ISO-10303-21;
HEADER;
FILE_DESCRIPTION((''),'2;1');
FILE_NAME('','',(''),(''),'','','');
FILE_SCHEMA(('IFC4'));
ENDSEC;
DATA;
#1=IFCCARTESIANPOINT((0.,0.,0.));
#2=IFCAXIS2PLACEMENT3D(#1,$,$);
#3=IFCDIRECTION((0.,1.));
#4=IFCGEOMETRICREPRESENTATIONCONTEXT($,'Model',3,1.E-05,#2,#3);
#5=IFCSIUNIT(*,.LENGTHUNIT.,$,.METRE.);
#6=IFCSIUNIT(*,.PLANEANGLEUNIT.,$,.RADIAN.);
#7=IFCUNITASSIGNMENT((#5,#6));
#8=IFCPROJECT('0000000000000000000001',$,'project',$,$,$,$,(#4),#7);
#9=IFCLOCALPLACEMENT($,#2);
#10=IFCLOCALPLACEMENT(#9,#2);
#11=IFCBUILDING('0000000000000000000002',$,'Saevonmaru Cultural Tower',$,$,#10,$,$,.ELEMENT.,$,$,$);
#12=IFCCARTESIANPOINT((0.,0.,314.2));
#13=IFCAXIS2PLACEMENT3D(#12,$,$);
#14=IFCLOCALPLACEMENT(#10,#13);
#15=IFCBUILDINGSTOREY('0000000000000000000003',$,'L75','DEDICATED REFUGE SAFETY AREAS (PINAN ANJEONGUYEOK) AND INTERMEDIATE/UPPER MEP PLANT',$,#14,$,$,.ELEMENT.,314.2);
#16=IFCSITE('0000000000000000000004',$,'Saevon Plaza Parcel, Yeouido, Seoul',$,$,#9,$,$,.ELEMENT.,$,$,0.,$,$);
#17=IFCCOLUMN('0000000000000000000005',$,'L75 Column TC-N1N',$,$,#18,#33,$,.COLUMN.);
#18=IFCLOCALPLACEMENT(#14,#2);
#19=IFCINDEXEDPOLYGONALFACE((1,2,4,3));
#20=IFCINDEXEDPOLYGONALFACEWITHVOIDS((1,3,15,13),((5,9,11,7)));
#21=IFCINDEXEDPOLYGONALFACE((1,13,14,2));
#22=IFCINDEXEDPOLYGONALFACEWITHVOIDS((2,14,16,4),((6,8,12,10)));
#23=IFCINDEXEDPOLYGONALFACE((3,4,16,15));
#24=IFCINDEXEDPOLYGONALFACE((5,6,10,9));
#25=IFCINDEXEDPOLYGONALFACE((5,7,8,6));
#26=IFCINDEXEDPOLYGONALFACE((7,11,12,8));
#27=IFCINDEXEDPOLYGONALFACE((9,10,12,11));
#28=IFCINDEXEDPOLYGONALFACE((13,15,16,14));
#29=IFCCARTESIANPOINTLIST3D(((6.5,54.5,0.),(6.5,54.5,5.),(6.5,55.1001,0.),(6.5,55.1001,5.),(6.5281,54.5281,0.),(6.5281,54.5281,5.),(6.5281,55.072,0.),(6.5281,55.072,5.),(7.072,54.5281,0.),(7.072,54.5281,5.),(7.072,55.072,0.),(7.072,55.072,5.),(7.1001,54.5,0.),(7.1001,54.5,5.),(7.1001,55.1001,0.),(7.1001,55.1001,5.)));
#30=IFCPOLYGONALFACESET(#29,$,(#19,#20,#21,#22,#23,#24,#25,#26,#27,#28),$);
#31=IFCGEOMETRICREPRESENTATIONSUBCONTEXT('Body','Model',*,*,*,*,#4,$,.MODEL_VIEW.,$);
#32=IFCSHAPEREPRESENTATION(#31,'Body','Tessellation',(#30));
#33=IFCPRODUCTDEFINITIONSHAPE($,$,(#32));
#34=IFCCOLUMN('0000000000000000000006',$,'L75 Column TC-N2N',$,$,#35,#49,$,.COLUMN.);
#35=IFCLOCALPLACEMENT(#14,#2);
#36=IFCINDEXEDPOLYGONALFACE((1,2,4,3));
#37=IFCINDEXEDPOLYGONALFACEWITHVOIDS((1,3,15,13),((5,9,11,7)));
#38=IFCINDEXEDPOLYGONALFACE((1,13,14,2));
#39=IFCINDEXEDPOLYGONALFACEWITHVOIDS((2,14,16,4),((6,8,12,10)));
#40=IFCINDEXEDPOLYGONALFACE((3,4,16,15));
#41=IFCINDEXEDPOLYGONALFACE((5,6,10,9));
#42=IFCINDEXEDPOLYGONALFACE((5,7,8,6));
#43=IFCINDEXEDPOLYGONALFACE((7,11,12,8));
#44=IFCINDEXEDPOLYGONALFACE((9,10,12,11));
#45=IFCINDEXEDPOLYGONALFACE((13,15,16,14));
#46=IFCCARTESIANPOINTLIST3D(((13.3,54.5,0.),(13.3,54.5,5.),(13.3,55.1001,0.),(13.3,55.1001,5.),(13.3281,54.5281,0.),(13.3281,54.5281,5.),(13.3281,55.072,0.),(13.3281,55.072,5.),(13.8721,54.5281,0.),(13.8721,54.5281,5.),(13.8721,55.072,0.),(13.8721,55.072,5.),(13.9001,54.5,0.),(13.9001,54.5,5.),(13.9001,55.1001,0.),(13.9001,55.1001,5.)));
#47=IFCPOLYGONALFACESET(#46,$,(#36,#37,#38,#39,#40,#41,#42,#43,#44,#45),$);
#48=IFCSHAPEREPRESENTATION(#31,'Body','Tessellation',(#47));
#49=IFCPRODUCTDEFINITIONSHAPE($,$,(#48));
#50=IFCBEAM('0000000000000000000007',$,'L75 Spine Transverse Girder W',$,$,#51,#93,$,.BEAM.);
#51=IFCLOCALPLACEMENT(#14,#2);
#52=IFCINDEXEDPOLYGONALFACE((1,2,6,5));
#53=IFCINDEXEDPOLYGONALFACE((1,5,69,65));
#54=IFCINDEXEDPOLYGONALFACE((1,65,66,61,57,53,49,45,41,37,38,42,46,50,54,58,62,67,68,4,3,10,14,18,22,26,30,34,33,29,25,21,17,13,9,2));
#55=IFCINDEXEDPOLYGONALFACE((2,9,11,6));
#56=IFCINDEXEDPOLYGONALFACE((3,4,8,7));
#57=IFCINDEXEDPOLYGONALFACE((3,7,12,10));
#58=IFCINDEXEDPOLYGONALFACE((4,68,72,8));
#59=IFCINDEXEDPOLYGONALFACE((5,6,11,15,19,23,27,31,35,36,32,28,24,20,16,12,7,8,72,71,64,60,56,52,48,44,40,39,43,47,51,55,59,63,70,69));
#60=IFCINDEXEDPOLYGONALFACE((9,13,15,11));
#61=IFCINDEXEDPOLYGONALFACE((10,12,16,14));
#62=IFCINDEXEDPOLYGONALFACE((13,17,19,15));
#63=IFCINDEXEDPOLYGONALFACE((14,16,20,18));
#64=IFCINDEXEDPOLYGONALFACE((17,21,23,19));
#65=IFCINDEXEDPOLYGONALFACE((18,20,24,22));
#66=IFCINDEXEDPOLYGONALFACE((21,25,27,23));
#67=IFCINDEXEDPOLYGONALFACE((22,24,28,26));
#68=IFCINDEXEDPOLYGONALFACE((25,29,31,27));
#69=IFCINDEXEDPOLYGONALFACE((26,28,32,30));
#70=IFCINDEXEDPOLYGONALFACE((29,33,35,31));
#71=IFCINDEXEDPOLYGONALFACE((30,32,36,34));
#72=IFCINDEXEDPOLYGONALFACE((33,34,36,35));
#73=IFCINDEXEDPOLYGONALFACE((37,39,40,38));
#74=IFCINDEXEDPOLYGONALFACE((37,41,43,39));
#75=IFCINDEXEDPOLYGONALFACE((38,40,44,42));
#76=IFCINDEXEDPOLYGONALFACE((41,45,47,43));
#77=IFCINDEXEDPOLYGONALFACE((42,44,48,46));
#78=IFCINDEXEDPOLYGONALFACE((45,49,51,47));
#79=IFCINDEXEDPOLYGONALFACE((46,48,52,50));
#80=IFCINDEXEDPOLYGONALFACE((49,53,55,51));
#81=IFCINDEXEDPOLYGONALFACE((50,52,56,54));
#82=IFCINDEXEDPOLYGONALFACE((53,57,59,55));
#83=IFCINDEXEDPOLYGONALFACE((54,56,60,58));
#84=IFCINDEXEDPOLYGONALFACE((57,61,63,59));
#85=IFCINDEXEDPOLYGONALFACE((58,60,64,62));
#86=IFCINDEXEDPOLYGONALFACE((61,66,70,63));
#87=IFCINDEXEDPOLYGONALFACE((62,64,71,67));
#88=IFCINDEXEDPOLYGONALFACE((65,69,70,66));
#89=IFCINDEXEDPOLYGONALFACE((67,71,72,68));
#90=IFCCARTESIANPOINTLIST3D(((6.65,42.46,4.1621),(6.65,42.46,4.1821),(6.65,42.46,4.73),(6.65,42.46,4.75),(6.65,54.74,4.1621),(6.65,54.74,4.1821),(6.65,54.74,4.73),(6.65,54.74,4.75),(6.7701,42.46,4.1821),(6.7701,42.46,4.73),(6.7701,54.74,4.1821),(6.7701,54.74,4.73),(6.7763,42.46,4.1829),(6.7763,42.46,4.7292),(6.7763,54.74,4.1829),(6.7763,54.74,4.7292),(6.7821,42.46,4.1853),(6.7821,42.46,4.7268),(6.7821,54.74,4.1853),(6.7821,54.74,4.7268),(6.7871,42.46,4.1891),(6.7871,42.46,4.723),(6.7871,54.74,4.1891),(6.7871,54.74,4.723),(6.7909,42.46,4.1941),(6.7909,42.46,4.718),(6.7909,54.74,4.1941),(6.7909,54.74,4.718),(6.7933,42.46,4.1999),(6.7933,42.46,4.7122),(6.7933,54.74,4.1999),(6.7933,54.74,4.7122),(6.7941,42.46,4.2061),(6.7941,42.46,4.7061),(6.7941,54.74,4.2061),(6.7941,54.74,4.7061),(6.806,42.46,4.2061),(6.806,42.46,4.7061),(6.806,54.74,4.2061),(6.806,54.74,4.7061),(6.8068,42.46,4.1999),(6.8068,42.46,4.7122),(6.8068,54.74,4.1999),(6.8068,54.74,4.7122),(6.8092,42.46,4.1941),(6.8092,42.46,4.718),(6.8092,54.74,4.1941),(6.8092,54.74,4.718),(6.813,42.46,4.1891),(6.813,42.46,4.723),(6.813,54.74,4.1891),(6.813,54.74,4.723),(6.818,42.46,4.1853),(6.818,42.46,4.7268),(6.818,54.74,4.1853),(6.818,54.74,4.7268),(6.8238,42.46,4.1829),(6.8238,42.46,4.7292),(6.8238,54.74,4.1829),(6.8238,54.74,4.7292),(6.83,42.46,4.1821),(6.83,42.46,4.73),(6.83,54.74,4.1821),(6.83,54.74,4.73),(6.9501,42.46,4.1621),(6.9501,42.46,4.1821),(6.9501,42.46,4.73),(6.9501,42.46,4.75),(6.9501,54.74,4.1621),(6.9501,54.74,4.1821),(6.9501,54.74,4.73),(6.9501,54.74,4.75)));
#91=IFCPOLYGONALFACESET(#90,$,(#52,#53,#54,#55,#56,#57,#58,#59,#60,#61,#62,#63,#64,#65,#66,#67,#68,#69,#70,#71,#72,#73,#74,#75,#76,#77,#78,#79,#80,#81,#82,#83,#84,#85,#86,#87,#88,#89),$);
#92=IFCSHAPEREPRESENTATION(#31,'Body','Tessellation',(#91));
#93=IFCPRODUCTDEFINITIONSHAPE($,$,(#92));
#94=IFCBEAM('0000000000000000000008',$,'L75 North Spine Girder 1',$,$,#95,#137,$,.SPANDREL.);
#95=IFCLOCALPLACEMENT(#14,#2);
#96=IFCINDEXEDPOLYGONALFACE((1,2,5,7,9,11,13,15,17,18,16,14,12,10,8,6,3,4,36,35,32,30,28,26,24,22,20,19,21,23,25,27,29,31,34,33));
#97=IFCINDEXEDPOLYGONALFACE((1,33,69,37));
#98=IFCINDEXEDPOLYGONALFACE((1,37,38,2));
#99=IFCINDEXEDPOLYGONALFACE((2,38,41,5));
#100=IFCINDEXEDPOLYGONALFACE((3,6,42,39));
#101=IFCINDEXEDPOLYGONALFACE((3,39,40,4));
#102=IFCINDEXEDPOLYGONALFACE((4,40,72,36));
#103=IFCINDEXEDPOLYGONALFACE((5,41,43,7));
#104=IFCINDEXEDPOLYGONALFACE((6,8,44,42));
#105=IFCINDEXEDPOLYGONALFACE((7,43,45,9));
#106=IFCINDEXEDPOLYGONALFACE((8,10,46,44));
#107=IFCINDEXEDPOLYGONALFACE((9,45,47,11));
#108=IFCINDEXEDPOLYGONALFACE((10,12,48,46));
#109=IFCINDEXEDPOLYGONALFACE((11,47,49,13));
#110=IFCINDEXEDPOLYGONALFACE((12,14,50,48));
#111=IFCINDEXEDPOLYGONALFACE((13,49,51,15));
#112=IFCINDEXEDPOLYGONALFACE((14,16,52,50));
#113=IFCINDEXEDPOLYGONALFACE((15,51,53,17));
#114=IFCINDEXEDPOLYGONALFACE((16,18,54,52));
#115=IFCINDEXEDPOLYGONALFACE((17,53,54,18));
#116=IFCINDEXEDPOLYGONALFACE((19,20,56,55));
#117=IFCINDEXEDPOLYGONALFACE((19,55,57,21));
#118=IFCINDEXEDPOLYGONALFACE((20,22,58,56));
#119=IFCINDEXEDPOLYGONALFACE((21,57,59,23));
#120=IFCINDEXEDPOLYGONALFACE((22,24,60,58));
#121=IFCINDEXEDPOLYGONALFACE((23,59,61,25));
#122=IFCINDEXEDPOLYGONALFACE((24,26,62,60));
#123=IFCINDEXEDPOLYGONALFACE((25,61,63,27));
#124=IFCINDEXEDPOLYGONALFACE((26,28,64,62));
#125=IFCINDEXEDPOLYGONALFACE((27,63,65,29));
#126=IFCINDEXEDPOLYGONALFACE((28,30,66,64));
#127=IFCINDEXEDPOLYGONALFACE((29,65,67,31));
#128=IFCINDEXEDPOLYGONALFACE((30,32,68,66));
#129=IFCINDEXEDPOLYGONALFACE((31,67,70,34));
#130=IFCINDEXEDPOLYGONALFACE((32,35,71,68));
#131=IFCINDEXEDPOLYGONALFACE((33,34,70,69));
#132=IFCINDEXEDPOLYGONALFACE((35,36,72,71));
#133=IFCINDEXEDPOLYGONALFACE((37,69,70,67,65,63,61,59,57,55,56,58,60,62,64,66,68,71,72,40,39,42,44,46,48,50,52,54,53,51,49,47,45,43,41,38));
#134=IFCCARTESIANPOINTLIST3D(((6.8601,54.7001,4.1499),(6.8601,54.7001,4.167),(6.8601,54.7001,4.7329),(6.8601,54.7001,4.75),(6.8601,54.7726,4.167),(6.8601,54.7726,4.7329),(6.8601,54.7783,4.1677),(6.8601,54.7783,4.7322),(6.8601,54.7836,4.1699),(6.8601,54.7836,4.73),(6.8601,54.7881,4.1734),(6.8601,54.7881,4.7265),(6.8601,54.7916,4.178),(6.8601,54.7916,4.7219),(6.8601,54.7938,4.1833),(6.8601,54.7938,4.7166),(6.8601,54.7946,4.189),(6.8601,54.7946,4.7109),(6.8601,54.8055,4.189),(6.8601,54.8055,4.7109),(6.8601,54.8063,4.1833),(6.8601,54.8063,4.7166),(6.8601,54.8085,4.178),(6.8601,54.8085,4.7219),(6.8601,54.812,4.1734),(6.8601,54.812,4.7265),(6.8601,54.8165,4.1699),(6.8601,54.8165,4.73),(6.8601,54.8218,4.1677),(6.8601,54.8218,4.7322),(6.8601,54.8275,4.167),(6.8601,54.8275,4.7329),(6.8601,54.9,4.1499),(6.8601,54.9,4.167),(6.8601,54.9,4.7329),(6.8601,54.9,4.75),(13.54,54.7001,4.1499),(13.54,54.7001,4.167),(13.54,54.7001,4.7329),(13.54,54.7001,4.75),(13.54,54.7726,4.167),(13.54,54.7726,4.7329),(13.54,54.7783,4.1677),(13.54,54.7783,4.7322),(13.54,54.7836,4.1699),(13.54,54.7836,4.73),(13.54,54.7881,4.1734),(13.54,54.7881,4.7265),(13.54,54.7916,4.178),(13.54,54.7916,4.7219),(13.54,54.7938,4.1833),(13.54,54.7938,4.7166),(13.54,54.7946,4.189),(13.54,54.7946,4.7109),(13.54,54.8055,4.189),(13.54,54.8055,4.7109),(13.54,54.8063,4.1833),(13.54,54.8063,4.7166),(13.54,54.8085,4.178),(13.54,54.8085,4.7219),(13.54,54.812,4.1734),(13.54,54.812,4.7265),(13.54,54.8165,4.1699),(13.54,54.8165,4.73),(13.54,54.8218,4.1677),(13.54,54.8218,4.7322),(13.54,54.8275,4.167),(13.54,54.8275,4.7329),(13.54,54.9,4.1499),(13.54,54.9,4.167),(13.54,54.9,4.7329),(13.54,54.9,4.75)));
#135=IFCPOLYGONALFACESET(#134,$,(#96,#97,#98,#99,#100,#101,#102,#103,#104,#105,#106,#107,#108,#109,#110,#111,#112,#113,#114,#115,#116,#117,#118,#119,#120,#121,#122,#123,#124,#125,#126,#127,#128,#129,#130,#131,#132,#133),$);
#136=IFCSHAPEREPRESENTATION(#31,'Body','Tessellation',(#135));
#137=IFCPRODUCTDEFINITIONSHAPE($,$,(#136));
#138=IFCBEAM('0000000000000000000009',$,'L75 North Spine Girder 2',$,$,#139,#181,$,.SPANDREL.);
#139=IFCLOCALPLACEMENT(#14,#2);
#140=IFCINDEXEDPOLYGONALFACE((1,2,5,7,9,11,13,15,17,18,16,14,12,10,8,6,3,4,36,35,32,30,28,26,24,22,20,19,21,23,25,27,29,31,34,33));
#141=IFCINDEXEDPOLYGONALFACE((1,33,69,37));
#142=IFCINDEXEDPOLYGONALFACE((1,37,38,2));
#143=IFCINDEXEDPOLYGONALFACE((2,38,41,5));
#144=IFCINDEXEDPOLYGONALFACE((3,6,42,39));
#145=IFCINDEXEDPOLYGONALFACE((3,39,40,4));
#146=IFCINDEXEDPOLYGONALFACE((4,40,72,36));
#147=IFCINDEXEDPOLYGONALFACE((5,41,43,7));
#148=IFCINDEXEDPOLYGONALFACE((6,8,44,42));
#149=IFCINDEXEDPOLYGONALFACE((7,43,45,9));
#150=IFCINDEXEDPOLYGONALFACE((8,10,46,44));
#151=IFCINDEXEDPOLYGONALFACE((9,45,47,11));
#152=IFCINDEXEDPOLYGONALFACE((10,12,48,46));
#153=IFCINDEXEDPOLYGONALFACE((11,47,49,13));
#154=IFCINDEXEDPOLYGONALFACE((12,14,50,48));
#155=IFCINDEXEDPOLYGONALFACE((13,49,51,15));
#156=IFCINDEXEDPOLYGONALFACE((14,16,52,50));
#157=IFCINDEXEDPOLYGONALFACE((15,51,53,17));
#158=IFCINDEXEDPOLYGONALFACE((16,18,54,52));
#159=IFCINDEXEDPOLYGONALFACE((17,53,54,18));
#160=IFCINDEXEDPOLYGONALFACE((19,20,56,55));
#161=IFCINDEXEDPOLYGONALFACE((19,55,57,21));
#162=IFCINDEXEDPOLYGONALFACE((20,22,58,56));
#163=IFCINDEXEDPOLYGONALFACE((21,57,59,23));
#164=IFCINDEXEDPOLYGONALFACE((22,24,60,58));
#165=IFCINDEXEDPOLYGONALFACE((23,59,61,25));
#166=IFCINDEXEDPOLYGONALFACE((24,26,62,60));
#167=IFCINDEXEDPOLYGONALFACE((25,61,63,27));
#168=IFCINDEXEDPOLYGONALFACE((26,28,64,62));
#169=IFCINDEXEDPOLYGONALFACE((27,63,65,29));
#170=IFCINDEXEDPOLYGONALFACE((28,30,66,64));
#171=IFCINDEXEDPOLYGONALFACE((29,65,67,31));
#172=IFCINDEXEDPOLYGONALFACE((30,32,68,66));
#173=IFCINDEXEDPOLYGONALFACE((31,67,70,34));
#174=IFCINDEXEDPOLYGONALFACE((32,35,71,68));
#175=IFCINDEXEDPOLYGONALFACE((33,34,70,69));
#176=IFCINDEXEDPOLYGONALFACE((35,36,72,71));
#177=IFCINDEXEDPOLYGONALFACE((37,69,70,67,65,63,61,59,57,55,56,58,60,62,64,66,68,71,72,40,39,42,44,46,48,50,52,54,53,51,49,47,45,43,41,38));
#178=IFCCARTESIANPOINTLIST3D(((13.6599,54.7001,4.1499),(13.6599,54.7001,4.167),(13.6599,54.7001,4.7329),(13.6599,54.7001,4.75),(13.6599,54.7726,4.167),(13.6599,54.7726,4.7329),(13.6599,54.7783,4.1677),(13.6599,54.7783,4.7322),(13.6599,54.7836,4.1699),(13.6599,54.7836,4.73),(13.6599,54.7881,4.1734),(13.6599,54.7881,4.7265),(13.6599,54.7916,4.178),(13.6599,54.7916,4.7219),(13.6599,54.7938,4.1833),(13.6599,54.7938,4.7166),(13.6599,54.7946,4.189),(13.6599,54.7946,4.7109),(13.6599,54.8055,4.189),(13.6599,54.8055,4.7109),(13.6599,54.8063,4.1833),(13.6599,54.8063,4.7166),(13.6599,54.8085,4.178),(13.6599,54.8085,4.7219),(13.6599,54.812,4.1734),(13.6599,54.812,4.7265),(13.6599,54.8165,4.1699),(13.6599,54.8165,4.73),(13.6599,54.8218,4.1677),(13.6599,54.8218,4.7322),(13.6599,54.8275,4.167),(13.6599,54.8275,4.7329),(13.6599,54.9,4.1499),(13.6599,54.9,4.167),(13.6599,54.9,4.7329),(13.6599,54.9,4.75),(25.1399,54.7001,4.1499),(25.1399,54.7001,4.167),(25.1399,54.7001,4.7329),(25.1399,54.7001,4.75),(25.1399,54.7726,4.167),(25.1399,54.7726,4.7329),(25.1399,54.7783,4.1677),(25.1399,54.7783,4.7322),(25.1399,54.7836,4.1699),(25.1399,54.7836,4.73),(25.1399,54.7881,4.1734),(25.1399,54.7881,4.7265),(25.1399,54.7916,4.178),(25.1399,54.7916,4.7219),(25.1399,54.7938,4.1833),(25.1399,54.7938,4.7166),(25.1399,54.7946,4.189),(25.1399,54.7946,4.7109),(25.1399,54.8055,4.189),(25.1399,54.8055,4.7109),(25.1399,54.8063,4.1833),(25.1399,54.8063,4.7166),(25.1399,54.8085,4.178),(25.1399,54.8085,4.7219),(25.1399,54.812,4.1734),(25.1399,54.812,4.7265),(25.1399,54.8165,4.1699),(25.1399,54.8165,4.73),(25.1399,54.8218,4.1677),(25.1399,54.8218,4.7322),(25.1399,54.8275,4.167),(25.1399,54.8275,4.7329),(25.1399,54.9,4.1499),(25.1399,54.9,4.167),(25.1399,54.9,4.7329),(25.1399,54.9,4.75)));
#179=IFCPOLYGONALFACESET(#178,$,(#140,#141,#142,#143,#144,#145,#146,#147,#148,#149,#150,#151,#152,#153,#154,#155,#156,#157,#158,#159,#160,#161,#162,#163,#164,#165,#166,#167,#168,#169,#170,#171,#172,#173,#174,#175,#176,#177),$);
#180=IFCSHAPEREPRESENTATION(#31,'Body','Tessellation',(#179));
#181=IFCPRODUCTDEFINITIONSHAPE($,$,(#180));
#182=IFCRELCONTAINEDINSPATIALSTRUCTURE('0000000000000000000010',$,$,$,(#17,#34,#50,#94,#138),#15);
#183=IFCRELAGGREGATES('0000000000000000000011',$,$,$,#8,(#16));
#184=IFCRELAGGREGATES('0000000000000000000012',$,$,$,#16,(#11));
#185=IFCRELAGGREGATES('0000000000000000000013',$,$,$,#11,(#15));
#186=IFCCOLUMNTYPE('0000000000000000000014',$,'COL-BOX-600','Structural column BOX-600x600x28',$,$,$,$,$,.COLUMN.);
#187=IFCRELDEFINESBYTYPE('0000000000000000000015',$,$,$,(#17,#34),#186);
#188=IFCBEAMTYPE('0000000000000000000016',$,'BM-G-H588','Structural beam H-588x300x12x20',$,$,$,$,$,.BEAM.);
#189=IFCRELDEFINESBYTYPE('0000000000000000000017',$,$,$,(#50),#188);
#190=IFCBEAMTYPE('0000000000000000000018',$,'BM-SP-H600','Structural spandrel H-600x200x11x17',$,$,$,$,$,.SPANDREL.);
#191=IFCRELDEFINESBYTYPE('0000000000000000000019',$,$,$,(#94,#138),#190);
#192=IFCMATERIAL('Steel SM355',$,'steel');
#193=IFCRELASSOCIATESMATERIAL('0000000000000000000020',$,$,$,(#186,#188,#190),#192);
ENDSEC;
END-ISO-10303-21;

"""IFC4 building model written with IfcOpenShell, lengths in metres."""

from ifc_helpers import new_model, si_unit, direction, frame, origin, origin_2d, place, context, subcontext, project, spatial, hollow_rectangle, i_section, extrude, material, material_profile, profile_set, type_object, element, save


model = new_model("IFC4")

# Units and contexts
model_context = context("Model", 3, precision=1e-05, world=origin(), true_north=direction((0.0, 1.0)))
body_context = subcontext(model_context, "Body", "Model", "MODEL_VIEW")
ifc_project = project(units=[si_unit("LENGTHUNIT", "METRE"), si_unit("PLANEANGLEUNIT", "RADIAN")], contexts=[model_context])

# Site, building, storey
site_placement = place(None, origin())
site = spatial("IfcSite", under=ifc_project, at=site_placement, Name="Saevon Plaza Parcel, Yeouido, Seoul", CompositionType="ELEMENT", RefElevation=0.0)
building_placement = place(site_placement, origin())
building = spatial("IfcBuilding", under=site, at=building_placement, Name="Saevonmaru Cultural Tower", CompositionType="ELEMENT")
storey_placement = place(building_placement, frame((0.0, 0.0, 314.2)))
storey = spatial("IfcBuildingStorey", under=building, at=storey_placement, Name="L75", Description="DEDICATED REFUGE SAFETY AREAS (PINAN ANJEONGUYEOK) AND INTERMEDIATE/UPPER MEP PLANT", CompositionType="ELEMENT", Elevation=314.2)

# Columns
ifc_material_1 = material(Name="Steel SM355", Category="steel")
ifc_material_profile_1 = material_profile(ifc_material_1, hollow_rectangle(XDim=0.6001, YDim=0.6001, WallThickness=0.0281, at=origin_2d()), Name="BOX-600x600x28")
ifc_profile_set_1 = profile_set([ifc_material_profile_1], Name="Steel SM355")
column_type = type_object("IfcColumnType", Name="COL-BOX-600", Description="Structural column BOX-600x600x28", PredefinedType="COLUMN", material=ifc_profile_set_1)
for number, where, z_axis, x_axis, name in (
    (1, (6.8, 54.8, 0.0), (0.0, 0.0, 1.0), (1.0, 0.0, 0.0), "L75 Column TC-N1N"),
    (2, (13.6001, 54.8, 0.0), (0.0, 0.0, 1.0), (1.0, 0.0, 0.0), "L75 Column TC-N2N"),
):
    element("IfcColumn", number, at=place(storey_placement, frame(where, z_axis=z_axis, x_axis=x_axis)), inside=storey, type_object=column_type, Name=name, PredefinedType="COLUMN", context=body_context, shape_type="SweptSolid", body=[
        extrude(hollow_rectangle(XDim=0.6001, YDim=0.6001, WallThickness=0.0281, at=origin_2d()), origin(), (0.0, 0.0, 1.0), 5.0),
    ])

# Beams
ifc_material_profile_2 = material_profile(ifc_material_1, i_section(OverallWidth=0.3, OverallDepth=0.5879, WebThickness=0.012, FlangeThickness=0.02, FilletRadius=0.0239, at=origin_2d()), Name="H-588x300x12x20")
ifc_profile_set_2 = profile_set([ifc_material_profile_2], Name="Steel SM355")
beam_type_1 = type_object("IfcBeamType", Name="BM-G-H588", Description="Structural beam H-588x300x12x20", PredefinedType="BEAM", material=ifc_profile_set_2)
beam_1_placement = place(storey_placement, frame((6.8, 54.74, 4.4561), z_axis=(0.0, -1.0, 0.0), x_axis=(1.0, 0.0, 0.0)))
element("IfcBeam", 3, at=beam_1_placement, inside=storey, type_object=beam_type_1, Name="L75 Spine Transverse Girder W", PredefinedType="BEAM", context=body_context, shape_type="SweptSolid", body=[
    extrude(i_section(OverallWidth=0.3, OverallDepth=0.5879, WebThickness=0.012, FlangeThickness=0.02, FilletRadius=0.0239, at=origin_2d()), origin(), (0.0, 0.0, 1.0), 12.28),
])
ifc_material_profile_3 = material_profile(ifc_material_1, i_section(OverallWidth=0.2, OverallDepth=0.6001, WebThickness=0.011, FlangeThickness=0.0171, FilletRadius=0.022, at=origin_2d()), Name="H-600x200x11x17")
ifc_profile_set_3 = profile_set([ifc_material_profile_3], Name="Steel SM355")
beam_type_2 = type_object("IfcBeamType", Name="BM-SP-H600", Description="Structural spandrel H-600x200x11x17", PredefinedType="SPANDREL", material=ifc_profile_set_3)
beam_2_placement = place(storey_placement, frame((6.8601, 54.8, 4.45), z_axis=(1.0, 0.0, 0.0), x_axis=(0.0, 1.0, 0.0)))
element("IfcBeam", 4, at=beam_2_placement, inside=storey, type_object=beam_type_2, Name="L75 North Spine Girder 1", PredefinedType="SPANDREL", context=body_context, shape_type="SweptSolid", body=[
    extrude(i_section(OverallWidth=0.2, OverallDepth=0.6001, WebThickness=0.011, FlangeThickness=0.0171, FilletRadius=0.022, at=origin_2d()), origin(), (0.0, 0.0, 1.0), 6.6799),
])
beam_3_placement = place(storey_placement, frame((13.6599, 54.8, 4.45), z_axis=(1.0, 0.0, 0.0), x_axis=(0.0, 1.0, 0.0)))
element("IfcBeam", 5, at=beam_3_placement, inside=storey, type_object=beam_type_2, Name="L75 North Spine Girder 2", PredefinedType="SPANDREL", context=body_context, shape_type="SweptSolid", body=[
    extrude(i_section(OverallWidth=0.2, OverallDepth=0.6001, WebThickness=0.011, FlangeThickness=0.0171, FilletRadius=0.022, at=origin_2d()), origin(), (0.0, 0.0, 1.0), 11.48),
])

save(model, "model.ifc")
